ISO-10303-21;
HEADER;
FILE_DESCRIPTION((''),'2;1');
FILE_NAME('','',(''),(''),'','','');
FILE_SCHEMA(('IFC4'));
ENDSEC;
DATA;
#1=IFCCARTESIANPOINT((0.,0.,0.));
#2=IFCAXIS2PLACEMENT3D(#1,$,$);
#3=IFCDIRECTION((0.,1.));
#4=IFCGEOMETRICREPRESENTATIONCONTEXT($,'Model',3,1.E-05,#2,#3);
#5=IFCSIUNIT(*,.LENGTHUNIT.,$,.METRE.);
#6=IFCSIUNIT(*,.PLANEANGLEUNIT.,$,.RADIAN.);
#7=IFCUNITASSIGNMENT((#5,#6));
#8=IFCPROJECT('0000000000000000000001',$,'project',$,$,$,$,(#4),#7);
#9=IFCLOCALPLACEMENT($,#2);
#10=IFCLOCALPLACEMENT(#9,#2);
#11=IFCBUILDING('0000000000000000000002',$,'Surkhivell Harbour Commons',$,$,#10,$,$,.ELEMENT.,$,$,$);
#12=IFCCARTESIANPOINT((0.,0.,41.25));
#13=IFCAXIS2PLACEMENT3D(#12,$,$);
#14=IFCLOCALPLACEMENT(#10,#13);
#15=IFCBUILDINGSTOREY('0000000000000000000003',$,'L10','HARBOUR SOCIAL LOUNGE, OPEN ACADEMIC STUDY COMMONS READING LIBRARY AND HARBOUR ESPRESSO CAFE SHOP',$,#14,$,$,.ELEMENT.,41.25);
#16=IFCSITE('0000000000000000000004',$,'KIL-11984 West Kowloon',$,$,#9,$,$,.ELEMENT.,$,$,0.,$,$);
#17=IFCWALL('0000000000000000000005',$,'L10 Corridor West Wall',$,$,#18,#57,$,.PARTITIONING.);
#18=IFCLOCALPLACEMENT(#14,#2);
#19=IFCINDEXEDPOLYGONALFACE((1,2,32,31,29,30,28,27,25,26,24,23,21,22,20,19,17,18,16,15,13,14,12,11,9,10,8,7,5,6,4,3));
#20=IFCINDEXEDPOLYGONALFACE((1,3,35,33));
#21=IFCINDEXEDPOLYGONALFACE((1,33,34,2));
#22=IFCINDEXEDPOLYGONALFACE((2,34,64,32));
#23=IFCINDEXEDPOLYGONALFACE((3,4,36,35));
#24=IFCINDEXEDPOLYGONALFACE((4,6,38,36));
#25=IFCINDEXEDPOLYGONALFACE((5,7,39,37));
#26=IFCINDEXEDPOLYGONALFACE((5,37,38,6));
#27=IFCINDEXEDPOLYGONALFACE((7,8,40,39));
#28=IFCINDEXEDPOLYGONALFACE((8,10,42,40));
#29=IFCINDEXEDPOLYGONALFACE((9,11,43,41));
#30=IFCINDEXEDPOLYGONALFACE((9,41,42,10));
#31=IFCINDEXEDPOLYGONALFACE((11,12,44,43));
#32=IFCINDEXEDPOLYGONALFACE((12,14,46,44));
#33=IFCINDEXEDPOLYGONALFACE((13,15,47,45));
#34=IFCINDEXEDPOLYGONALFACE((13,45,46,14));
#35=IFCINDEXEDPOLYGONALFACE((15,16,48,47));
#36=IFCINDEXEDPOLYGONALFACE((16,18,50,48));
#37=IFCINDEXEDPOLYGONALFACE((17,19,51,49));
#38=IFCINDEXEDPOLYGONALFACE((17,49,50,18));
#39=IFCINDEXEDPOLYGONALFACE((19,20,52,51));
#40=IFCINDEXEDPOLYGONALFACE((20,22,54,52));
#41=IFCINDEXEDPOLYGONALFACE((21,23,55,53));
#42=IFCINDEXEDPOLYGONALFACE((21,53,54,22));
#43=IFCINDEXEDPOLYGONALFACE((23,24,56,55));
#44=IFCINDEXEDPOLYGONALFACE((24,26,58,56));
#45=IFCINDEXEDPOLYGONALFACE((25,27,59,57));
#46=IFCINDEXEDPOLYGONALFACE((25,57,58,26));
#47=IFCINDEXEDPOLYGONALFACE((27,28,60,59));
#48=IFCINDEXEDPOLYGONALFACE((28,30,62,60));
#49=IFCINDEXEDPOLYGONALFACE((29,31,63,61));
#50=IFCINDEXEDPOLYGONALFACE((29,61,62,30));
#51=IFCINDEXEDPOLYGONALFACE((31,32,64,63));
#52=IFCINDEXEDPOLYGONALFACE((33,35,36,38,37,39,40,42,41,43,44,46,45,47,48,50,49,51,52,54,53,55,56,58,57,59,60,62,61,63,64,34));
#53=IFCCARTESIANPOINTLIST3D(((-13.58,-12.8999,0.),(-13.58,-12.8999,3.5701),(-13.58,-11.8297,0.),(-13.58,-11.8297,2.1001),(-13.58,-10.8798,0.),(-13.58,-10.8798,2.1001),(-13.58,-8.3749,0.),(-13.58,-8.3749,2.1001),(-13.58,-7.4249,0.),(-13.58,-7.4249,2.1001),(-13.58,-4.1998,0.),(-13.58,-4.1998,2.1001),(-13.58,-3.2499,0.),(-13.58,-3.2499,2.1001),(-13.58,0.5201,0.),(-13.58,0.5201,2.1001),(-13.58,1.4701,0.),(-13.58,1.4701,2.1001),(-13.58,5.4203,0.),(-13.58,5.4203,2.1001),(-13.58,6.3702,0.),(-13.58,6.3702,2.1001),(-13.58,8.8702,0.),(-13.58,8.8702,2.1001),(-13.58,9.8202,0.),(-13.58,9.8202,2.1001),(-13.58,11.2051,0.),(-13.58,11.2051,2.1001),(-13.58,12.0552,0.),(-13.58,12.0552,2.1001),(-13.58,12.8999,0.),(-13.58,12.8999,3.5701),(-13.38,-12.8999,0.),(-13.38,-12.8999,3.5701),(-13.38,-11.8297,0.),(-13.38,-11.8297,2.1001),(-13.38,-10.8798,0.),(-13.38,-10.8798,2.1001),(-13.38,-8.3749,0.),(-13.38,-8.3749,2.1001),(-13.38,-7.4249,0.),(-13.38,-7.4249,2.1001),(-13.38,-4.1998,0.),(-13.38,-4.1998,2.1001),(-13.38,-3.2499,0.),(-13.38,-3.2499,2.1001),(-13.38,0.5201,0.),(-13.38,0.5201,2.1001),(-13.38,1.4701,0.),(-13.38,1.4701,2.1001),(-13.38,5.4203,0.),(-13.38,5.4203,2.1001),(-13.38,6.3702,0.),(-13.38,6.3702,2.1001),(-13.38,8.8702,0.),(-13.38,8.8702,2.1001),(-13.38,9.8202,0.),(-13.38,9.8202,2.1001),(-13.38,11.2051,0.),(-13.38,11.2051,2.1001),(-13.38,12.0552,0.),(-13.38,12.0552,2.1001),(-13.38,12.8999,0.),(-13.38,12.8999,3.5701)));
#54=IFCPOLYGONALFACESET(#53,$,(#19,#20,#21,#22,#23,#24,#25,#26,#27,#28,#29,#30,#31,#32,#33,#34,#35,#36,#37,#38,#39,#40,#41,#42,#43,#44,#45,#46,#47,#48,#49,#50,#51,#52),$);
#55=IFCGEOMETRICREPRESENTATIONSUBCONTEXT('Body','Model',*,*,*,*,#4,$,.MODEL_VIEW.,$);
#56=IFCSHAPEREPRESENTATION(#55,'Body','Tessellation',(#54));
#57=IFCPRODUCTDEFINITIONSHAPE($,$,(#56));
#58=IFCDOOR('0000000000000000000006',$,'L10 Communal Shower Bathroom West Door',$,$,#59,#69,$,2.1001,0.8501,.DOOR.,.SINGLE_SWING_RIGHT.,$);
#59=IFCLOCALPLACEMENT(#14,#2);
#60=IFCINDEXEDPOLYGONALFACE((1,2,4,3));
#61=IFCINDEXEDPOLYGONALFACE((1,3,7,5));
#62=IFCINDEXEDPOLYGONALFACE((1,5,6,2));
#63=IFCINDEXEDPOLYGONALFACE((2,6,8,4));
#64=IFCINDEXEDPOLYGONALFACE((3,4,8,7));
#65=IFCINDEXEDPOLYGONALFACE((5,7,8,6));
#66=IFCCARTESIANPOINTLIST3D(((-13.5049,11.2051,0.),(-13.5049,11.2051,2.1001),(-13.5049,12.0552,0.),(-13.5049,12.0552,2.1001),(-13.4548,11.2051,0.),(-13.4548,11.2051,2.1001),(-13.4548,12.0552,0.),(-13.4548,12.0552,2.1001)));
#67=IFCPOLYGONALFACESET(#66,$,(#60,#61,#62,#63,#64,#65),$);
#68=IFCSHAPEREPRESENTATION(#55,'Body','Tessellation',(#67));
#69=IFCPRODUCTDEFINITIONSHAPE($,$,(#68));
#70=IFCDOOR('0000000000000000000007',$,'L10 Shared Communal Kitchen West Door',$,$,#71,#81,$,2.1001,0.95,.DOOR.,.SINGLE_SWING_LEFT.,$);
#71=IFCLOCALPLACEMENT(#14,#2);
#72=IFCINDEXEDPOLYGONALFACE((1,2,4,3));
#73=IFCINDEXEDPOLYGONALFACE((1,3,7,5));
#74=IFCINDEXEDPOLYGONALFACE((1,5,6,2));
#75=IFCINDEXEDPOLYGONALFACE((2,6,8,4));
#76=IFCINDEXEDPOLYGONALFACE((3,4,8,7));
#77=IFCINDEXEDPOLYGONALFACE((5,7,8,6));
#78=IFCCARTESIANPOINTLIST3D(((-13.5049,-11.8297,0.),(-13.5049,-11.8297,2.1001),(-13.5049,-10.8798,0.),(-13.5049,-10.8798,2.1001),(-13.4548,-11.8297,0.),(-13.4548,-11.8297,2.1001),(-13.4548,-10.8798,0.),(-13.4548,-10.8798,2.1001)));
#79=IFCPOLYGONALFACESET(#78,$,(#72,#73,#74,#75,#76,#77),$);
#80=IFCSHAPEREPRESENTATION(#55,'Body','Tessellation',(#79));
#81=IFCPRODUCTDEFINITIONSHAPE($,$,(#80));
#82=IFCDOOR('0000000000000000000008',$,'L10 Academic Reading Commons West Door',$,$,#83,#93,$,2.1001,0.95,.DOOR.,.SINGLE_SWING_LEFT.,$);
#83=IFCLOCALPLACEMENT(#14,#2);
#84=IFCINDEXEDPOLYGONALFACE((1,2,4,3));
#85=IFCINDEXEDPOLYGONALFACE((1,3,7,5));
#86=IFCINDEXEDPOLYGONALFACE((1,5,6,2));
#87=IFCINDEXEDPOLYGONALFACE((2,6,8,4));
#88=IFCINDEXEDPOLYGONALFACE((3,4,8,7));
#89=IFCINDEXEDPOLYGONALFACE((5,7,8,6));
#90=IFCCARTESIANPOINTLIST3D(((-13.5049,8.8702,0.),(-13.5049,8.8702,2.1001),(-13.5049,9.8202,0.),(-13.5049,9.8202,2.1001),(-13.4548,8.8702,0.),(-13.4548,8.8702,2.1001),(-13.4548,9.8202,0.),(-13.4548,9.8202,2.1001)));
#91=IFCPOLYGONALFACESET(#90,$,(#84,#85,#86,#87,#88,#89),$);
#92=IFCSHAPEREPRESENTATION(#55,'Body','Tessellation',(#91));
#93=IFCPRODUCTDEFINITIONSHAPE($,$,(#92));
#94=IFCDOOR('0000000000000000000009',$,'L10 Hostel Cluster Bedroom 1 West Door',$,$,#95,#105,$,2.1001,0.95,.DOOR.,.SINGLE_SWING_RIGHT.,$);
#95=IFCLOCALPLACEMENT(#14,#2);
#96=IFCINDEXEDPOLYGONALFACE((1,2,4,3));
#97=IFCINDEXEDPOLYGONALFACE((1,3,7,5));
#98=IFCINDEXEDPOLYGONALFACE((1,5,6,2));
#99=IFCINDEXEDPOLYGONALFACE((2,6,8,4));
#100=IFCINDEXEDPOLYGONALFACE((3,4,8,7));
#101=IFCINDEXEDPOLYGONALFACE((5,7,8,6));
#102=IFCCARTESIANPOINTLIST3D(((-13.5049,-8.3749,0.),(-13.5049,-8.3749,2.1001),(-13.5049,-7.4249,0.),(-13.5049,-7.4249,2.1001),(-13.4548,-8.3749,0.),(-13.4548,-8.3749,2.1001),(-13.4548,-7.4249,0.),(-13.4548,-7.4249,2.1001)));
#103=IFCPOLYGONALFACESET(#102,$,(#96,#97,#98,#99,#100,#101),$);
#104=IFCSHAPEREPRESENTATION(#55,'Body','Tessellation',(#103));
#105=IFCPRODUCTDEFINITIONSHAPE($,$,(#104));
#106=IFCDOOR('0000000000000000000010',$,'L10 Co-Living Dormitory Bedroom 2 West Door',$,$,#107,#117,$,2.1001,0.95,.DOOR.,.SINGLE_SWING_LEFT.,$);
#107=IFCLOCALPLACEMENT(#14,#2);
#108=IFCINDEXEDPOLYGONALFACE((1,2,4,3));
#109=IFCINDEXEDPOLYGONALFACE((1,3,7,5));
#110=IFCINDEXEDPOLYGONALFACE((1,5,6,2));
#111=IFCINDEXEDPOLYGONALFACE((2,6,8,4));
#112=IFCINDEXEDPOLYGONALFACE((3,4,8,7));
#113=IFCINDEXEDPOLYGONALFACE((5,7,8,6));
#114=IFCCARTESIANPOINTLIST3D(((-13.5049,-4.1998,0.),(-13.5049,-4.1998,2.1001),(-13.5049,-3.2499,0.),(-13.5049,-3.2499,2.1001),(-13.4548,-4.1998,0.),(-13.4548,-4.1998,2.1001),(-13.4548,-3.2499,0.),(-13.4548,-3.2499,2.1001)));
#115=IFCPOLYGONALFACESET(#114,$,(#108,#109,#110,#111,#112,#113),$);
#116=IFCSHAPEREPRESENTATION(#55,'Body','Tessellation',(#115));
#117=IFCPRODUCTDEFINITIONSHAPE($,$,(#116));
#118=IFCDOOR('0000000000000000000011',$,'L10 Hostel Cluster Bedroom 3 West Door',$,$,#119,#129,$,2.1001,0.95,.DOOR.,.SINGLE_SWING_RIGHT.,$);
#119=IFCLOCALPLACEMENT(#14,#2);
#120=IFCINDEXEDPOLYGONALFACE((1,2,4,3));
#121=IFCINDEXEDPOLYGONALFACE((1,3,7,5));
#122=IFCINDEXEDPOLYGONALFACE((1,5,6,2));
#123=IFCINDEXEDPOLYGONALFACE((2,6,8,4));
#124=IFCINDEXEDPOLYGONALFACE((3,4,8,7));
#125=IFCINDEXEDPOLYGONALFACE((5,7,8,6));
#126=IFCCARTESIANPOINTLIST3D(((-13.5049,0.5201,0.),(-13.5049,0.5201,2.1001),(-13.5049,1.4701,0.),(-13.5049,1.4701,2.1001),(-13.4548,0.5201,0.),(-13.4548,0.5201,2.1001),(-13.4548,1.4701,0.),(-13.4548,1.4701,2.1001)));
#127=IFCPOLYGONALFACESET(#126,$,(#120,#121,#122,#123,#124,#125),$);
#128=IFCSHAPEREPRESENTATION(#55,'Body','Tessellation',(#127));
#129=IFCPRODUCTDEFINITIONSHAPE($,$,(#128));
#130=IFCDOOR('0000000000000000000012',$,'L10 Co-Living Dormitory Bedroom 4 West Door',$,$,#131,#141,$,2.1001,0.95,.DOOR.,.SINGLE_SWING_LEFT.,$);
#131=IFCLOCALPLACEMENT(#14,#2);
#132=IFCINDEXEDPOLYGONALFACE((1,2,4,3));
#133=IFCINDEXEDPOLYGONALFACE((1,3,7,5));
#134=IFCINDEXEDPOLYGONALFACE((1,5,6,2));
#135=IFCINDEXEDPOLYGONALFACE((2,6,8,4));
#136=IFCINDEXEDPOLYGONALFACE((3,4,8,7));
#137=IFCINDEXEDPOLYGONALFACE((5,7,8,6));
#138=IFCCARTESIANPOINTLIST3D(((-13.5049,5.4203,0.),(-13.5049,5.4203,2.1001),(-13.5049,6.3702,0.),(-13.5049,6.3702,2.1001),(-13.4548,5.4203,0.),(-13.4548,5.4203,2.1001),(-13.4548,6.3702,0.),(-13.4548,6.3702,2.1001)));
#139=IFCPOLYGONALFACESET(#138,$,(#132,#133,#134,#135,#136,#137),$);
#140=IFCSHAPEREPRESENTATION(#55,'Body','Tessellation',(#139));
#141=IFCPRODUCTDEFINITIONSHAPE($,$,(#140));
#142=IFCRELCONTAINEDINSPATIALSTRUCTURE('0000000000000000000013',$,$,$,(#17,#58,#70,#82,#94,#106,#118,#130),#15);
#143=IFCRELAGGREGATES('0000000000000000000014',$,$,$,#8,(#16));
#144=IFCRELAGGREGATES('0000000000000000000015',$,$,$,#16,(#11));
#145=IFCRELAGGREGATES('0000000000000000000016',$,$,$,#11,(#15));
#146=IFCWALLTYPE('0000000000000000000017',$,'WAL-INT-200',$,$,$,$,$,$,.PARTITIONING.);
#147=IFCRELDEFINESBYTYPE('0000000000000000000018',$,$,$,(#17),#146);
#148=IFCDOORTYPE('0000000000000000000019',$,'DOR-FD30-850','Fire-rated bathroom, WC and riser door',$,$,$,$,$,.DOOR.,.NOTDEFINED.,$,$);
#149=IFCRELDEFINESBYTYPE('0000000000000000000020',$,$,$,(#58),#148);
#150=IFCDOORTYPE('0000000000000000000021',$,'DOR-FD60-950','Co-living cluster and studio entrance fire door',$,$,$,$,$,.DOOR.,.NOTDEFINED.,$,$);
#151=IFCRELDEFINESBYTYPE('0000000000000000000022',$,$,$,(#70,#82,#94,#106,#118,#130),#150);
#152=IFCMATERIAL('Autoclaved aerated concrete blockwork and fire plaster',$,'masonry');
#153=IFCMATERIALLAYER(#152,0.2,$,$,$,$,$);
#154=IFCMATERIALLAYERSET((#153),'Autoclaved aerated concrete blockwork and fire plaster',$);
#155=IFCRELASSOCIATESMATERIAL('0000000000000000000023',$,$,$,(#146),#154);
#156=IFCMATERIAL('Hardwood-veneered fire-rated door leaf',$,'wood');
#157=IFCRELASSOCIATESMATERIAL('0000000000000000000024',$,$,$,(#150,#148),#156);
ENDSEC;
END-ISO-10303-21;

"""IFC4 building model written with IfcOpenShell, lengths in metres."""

from ifc_helpers import new_model, si_unit, direction, frame, frame_2d, origin, place, context, subcontext, project, spatial, rectangle, extrude, material, layer, layer_set, type_object, element, fill, save


model = new_model("IFC4")

# Units and contexts
model_context = context("Model", 3, precision=1e-05, world=origin(), true_north=direction((0.0, 1.0)))
body_context = subcontext(model_context, "Body", "Model", "MODEL_VIEW")
ifc_project = project(units=[si_unit("LENGTHUNIT", "METRE"), si_unit("PLANEANGLEUNIT", "RADIAN")], contexts=[model_context])

# Site, building, storey
site_placement = place(None, origin())
site = spatial("IfcSite", under=ifc_project, at=site_placement, Name="KIL-11984 West Kowloon", CompositionType="ELEMENT", RefElevation=0.0)
building_placement = place(site_placement, origin())
building = spatial("IfcBuilding", under=site, at=building_placement, Name="Surkhivell Harbour Commons", CompositionType="ELEMENT")
storey_placement = place(building_placement, frame((0.0, 0.0, 41.25)))
storey = spatial("IfcBuildingStorey", under=building, at=storey_placement, Name="L10", Description="HARBOUR SOCIAL LOUNGE, OPEN ACADEMIC STUDY COMMONS READING LIBRARY AND HARBOUR ESPRESSO CAFE SHOP", CompositionType="ELEMENT", Elevation=41.25)

# Shared definitions
ifc_material_1 = material(Name="Autoclaved aerated concrete blockwork and fire plaster", Category="masonry")
ifc_layer_1 = layer(ifc_material_1, 0.2)
ifc_layer_set_1 = layer_set([ifc_layer_1], Name="Autoclaved aerated concrete blockwork and fire plaster")
wall_type_1 = type_object("IfcWallType", Name="WAL-INT-200", PredefinedType="PARTITIONING", material=ifc_layer_set_1)
ifc_material_2 = material(Name="Hardwood-veneered fire-rated door leaf", Category="wood")
door_type_1 = type_object("IfcDoorType", Name="DOR-FD60-950", Description="Co-living cluster and studio entrance fire door", OperationType="NOTDEFINED", PredefinedType="DOOR", material=ifc_material_2)

# Wall, openings, doors
wall_1_placement = place(storey_placement, frame((-13.48, -12.8999, 0.0), z_axis=(0.0, 0.0, 1.0), x_axis=(0.0, 1.0, 0.0)))
wall_1 = element("IfcWall", 1, at=wall_1_placement, inside=storey, type_object=wall_type_1, Name="L10 Corridor West Wall", PredefinedType="PARTITIONING", context=body_context, shape_type="SweptSolid", body=[
    extrude(rectangle(XDim=25.7998, YDim=0.2, at=frame_2d((12.8999, 0.0))), origin(), (0.0, 0.0, 1.0), 3.5701),
])
opening_1_placement = place(wall_1_placement, frame((1.0701, 0.0, 0.0)))
opening_1 = element("IfcOpeningElement", 2, at=opening_1_placement, cuts=wall_1, PredefinedType="OPENING", context=body_context, shape_type="SweptSolid", body=[
    extrude(rectangle(XDim=0.95, YDim=2.1001, at=frame_2d((0.4751, 1.05))), frame((0.0, 0.1099, 0.0), z_axis=(0.0, -1.0, 0.0), x_axis=(1.0, 0.0, 0.0)), (0.0, 0.0, 1.0), 0.22),
])
opening_2_placement = place(wall_1_placement, frame((24.105, 0.0, 0.0)))
opening_2 = element("IfcOpeningElement", 3, at=opening_2_placement, cuts=wall_1, PredefinedType="OPENING", context=body_context, shape_type="SweptSolid", body=[
    extrude(rectangle(XDim=0.8501, YDim=2.1001, at=frame_2d((0.425, 1.05))), frame((0.0, 0.1099, 0.0), z_axis=(0.0, -1.0, 0.0), x_axis=(1.0, 0.0, 0.0)), (0.0, 0.0, 1.0), 0.22),
])
opening_3_placement = place(wall_1_placement, frame((21.77, 0.0, 0.0)))
opening_3 = element("IfcOpeningElement", 4, at=opening_3_placement, cuts=wall_1, PredefinedType="OPENING", context=body_context, shape_type="SweptSolid", body=[
    extrude(rectangle(XDim=0.95, YDim=2.1001, at=frame_2d((0.4751, 1.05))), frame((0.0, 0.1099, 0.0), z_axis=(0.0, -1.0, 0.0), x_axis=(1.0, 0.0, 0.0)), (0.0, 0.0, 1.0), 0.22),
])
opening_4_placement = place(wall_1_placement, frame((4.5249, 0.0, 0.0)))
opening_4 = element("IfcOpeningElement", 5, at=opening_4_placement, cuts=wall_1, PredefinedType="OPENING", context=body_context, shape_type="SweptSolid", body=[
    extrude(rectangle(XDim=0.95, YDim=2.1001, at=frame_2d((0.4751, 1.05))), frame((0.0, 0.1099, 0.0), z_axis=(0.0, -1.0, 0.0), x_axis=(1.0, 0.0, 0.0)), (0.0, 0.0, 1.0), 0.22),
])
opening_5_placement = place(wall_1_placement, frame((8.7, 0.0, 0.0)))
opening_5 = element("IfcOpeningElement", 6, at=opening_5_placement, cuts=wall_1, PredefinedType="OPENING", context=body_context, shape_type="SweptSolid", body=[
    extrude(rectangle(XDim=0.95, YDim=2.1001, at=frame_2d((0.4751, 1.05))), frame((0.0, 0.1099, 0.0), z_axis=(0.0, -1.0, 0.0), x_axis=(1.0, 0.0, 0.0)), (0.0, 0.0, 1.0), 0.22),
])
opening_6_placement = place(wall_1_placement, frame((13.4199, 0.0, 0.0)))
opening_6 = element("IfcOpeningElement", 7, at=opening_6_placement, cuts=wall_1, PredefinedType="OPENING", context=body_context, shape_type="SweptSolid", body=[
    extrude(rectangle(XDim=0.95, YDim=2.1001, at=frame_2d((0.4751, 1.05))), frame((0.0, 0.1099, 0.0), z_axis=(0.0, -1.0, 0.0), x_axis=(1.0, 0.0, 0.0)), (0.0, 0.0, 1.0), 0.22),
])
opening_7_placement = place(wall_1_placement, frame((18.3201, 0.0, 0.0)))
opening_7 = element("IfcOpeningElement", 8, at=opening_7_placement, cuts=wall_1, PredefinedType="OPENING", context=body_context, shape_type="SweptSolid", body=[
    extrude(rectangle(XDim=0.95, YDim=2.1001, at=frame_2d((0.4751, 1.05))), frame((0.0, 0.1099, 0.0), z_axis=(0.0, -1.0, 0.0), x_axis=(1.0, 0.0, 0.0)), (0.0, 0.0, 1.0), 0.22),
])
door_type_2 = type_object("IfcDoorType", Name="DOR-FD30-850", Description="Fire-rated bathroom, WC and riser door", OperationType="NOTDEFINED", PredefinedType="DOOR", material=ifc_material_2)
door_1_placement = place(opening_2_placement, origin())
door_1 = element("IfcDoor", 9, at=door_1_placement, inside=storey, type_object=door_type_2, Name="L10 Communal Shower Bathroom West Door", OperationType="SINGLE_SWING_RIGHT", OverallHeight=2.1001, OverallWidth=0.8501, PredefinedType="DOOR", context=body_context, shape_type="SweptSolid", body=[
    extrude(rectangle(XDim=0.8501, YDim=2.1001, at=frame_2d((0.425, 1.05))), frame((0.0, 0.0249, 0.0), z_axis=(0.0, -1.0, 0.0), x_axis=(1.0, 0.0, 0.0)), (0.0, 0.0, 1.0), 0.05),
])
fill(opening_2, door_1)
door_2_placement = place(opening_1_placement, origin())
door_2 = element("IfcDoor", 10, at=door_2_placement, inside=storey, type_object=door_type_1, Name="L10 Shared Communal Kitchen West Door", OperationType="SINGLE_SWING_LEFT", OverallHeight=2.1001, OverallWidth=0.95, PredefinedType="DOOR", context=body_context, shape_type="SweptSolid", body=[
    extrude(rectangle(XDim=0.95, YDim=2.1001, at=frame_2d((0.4751, 1.05))), frame((0.0, 0.0249, 0.0), z_axis=(0.0, -1.0, 0.0), x_axis=(1.0, 0.0, 0.0)), (0.0, 0.0, 1.0), 0.05),
])
fill(opening_1, door_2)
door_3_placement = place(opening_3_placement, origin())
door_3 = element("IfcDoor", 11, at=door_3_placement, inside=storey, type_object=door_type_1, Name="L10 Academic Reading Commons West Door", OperationType="SINGLE_SWING_LEFT", OverallHeight=2.1001, OverallWidth=0.95, PredefinedType="DOOR", context=body_context, shape_type="SweptSolid", body=[
    extrude(rectangle(XDim=0.95, YDim=2.1001, at=frame_2d((0.4751, 1.05))), frame((0.0, 0.0249, 0.0), z_axis=(0.0, -1.0, 0.0), x_axis=(1.0, 0.0, 0.0)), (0.0, 0.0, 1.0), 0.05),
])
fill(opening_3, door_3)
door_4_placement = place(opening_4_placement, origin())
door_4 = element("IfcDoor", 12, at=door_4_placement, inside=storey, type_object=door_type_1, Name="L10 Hostel Cluster Bedroom 1 West Door", OperationType="SINGLE_SWING_RIGHT", OverallHeight=2.1001, OverallWidth=0.95, PredefinedType="DOOR", context=body_context, shape_type="SweptSolid", body=[
    extrude(rectangle(XDim=0.95, YDim=2.1001, at=frame_2d((0.4751, 1.05))), frame((0.0, 0.0249, 0.0), z_axis=(0.0, -1.0, 0.0), x_axis=(1.0, 0.0, 0.0)), (0.0, 0.0, 1.0), 0.05),
])
fill(opening_4, door_4)
door_5_placement = place(opening_5_placement, origin())
door_5 = element("IfcDoor", 13, at=door_5_placement, inside=storey, type_object=door_type_1, Name="L10 Co-Living Dormitory Bedroom 2 West Door", OperationType="SINGLE_SWING_LEFT", OverallHeight=2.1001, OverallWidth=0.95, PredefinedType="DOOR", context=body_context, shape_type="SweptSolid", body=[
    extrude(rectangle(XDim=0.95, YDim=2.1001, at=frame_2d((0.4751, 1.05))), frame((0.0, 0.0249, 0.0), z_axis=(0.0, -1.0, 0.0), x_axis=(1.0, 0.0, 0.0)), (0.0, 0.0, 1.0), 0.05),
])
fill(opening_5, door_5)
door_6_placement = place(opening_6_placement, origin())
door_6 = element("IfcDoor", 14, at=door_6_placement, inside=storey, type_object=door_type_1, Name="L10 Hostel Cluster Bedroom 3 West Door", OperationType="SINGLE_SWING_RIGHT", OverallHeight=2.1001, OverallWidth=0.95, PredefinedType="DOOR", context=body_context, shape_type="SweptSolid", body=[
    extrude(rectangle(XDim=0.95, YDim=2.1001, at=frame_2d((0.4751, 1.05))), frame((0.0, 0.0249, 0.0), z_axis=(0.0, -1.0, 0.0), x_axis=(1.0, 0.0, 0.0)), (0.0, 0.0, 1.0), 0.05),
])
fill(opening_6, door_6)
door_7_placement = place(opening_7_placement, origin())
door_7 = element("IfcDoor", 15, at=door_7_placement, inside=storey, type_object=door_type_1, Name="L10 Co-Living Dormitory Bedroom 4 West Door", OperationType="SINGLE_SWING_LEFT", OverallHeight=2.1001, OverallWidth=0.95, PredefinedType="DOOR", context=body_context, shape_type="SweptSolid", body=[
    extrude(rectangle(XDim=0.95, YDim=2.1001, at=frame_2d((0.4751, 1.05))), frame((0.0, 0.0249, 0.0), z_axis=(0.0, -1.0, 0.0), x_axis=(1.0, 0.0, 0.0)), (0.0, 0.0, 1.0), 0.05),
])
fill(opening_7, door_7)

save(model, "model.ifc")
